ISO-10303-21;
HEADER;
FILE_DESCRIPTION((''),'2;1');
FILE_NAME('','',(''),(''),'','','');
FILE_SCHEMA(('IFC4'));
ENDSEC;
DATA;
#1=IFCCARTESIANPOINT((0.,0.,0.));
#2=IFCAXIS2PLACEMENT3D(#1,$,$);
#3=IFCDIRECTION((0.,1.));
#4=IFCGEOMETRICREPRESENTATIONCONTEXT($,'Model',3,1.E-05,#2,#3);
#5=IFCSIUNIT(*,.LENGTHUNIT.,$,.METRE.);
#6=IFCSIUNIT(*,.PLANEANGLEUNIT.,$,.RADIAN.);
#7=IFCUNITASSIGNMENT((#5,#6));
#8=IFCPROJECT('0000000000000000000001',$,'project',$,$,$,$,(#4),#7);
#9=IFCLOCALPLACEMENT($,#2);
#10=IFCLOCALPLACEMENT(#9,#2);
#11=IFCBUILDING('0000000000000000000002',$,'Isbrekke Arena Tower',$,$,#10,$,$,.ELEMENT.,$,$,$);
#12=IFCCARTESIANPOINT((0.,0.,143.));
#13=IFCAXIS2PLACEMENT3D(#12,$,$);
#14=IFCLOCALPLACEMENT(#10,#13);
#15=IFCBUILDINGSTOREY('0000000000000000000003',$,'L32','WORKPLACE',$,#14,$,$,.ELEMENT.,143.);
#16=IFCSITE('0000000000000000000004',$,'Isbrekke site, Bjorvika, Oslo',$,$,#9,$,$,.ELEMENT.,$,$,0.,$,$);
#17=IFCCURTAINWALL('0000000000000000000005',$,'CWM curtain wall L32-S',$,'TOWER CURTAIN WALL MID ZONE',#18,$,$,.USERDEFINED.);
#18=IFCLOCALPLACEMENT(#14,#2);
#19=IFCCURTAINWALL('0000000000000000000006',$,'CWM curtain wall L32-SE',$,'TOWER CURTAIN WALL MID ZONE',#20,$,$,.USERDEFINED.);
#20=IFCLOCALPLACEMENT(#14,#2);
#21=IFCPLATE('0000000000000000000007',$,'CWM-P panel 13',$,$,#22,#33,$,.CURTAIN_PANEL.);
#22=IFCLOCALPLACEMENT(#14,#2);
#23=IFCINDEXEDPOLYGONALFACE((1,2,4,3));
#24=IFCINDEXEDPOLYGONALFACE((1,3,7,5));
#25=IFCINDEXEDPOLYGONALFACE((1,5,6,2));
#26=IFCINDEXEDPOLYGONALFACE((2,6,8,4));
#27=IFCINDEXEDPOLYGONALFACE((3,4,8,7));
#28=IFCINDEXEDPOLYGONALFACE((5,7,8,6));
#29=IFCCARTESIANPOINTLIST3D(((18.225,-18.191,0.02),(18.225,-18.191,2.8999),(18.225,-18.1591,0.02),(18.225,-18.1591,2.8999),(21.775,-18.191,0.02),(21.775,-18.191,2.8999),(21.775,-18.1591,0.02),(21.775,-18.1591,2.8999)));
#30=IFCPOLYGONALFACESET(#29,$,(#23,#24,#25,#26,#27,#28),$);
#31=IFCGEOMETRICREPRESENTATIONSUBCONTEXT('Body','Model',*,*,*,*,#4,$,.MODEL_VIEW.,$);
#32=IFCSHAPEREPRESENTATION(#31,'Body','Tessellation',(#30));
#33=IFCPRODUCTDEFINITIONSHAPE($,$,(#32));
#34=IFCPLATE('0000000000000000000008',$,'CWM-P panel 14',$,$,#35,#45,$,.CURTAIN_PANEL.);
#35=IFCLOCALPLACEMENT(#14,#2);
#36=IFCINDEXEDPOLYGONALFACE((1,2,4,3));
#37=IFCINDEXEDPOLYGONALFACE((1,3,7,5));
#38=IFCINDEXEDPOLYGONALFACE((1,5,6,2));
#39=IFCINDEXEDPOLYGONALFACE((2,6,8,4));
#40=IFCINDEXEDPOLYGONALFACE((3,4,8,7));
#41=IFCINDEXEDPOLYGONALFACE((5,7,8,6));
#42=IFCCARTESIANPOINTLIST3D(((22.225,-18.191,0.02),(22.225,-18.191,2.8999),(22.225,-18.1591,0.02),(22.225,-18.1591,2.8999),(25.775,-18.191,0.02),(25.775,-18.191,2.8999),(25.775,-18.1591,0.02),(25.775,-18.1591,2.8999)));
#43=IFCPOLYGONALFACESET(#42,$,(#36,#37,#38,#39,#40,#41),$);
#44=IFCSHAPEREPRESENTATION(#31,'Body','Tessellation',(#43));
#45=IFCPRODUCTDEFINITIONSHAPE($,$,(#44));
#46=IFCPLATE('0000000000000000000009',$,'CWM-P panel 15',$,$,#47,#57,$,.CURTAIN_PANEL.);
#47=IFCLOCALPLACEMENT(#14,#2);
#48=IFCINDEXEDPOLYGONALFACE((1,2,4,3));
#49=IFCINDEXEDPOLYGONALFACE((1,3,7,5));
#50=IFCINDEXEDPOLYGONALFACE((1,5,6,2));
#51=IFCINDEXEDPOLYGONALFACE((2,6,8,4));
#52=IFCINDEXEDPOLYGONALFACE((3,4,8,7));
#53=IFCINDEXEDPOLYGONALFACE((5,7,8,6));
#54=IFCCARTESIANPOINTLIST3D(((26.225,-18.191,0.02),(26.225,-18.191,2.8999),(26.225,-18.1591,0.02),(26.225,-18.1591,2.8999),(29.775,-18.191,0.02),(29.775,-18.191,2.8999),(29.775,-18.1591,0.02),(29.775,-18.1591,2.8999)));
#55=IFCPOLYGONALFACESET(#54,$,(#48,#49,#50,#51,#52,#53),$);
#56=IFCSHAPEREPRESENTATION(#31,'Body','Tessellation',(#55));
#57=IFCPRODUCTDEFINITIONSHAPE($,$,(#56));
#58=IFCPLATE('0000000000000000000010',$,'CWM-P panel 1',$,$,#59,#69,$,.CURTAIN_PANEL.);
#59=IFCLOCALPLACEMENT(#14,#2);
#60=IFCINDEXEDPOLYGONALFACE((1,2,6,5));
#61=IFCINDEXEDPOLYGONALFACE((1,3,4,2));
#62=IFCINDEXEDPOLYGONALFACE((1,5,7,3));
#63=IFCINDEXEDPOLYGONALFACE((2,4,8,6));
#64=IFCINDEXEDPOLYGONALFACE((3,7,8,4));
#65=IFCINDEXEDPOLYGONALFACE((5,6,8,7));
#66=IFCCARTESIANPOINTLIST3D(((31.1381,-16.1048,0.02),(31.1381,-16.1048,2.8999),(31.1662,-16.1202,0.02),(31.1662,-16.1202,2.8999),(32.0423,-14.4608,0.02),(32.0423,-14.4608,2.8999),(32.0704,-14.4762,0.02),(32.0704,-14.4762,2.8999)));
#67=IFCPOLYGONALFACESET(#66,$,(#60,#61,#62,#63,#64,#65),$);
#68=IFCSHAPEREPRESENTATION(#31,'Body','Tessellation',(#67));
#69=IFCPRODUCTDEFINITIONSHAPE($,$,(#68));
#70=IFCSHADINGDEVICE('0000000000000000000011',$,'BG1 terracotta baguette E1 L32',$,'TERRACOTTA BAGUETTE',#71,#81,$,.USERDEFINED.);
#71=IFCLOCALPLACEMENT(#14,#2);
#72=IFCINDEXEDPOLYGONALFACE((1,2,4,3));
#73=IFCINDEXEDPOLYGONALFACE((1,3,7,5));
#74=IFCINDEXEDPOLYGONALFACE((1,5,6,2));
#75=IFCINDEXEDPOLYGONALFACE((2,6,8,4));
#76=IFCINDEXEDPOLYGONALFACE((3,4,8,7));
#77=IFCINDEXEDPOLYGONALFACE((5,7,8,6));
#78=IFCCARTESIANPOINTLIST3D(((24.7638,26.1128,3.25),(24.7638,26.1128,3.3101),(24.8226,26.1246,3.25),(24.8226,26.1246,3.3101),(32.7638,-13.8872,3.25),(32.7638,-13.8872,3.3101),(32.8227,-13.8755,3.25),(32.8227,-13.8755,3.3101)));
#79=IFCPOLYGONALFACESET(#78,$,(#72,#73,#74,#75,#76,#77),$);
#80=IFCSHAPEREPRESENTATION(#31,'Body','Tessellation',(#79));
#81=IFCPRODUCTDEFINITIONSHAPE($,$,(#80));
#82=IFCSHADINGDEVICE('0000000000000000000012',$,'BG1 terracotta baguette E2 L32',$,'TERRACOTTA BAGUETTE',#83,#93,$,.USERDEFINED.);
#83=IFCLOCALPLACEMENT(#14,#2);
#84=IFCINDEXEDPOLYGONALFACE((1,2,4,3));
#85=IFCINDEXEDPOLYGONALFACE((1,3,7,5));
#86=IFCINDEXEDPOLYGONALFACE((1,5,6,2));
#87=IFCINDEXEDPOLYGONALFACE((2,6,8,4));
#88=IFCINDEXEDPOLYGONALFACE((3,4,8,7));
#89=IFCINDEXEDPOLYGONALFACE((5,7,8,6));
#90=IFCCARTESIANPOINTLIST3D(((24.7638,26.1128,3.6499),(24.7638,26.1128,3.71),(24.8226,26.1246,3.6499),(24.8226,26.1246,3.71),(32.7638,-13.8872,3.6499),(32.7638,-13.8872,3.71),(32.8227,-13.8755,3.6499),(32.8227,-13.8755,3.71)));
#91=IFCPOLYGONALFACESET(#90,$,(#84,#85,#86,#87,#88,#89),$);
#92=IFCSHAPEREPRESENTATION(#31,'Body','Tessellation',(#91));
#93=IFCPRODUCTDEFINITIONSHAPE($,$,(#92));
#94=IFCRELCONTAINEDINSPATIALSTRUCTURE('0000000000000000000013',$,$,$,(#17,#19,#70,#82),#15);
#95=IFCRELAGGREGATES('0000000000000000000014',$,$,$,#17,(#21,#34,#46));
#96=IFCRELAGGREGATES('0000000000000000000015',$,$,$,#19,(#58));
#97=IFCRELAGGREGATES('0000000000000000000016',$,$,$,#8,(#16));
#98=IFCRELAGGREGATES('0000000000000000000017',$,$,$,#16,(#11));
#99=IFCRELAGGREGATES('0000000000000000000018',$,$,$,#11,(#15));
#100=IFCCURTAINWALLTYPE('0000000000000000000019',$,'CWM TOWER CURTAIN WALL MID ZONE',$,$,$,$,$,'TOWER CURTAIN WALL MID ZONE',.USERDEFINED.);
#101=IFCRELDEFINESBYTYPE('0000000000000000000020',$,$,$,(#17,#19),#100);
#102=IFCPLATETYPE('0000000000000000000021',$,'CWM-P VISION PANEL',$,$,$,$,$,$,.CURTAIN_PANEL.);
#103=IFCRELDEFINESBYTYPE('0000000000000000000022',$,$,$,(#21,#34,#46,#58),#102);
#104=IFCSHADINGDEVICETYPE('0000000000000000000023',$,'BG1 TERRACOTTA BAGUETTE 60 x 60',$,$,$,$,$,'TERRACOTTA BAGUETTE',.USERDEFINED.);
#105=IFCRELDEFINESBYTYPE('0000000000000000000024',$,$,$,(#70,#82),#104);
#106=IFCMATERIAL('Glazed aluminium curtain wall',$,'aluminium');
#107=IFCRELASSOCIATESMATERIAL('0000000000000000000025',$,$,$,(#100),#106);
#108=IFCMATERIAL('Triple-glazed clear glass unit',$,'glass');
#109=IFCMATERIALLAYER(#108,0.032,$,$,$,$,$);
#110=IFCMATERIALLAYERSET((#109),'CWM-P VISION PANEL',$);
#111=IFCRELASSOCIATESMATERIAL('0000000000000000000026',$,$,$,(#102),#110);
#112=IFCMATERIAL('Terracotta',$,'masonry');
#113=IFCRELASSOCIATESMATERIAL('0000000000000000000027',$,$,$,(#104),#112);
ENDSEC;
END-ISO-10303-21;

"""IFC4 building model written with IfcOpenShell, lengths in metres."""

from ifc_helpers import new_model, si_unit, direction, frame, origin, origin_2d, place, context, subcontext, project, spatial, rectangle, extrude, material, layer, layer_set, material_profile, profile_set, type_object, element, aggregate, save


model = new_model("IFC4")

# Units and contexts
model_context = context("Model", 3, precision=1e-05, world=origin(), true_north=direction((0.0, 1.0)))
body_context = subcontext(model_context, "Body", "Model", "MODEL_VIEW")
ifc_project = project(units=[si_unit("LENGTHUNIT", "METRE"), si_unit("PLANEANGLEUNIT", "RADIAN")], contexts=[model_context])

# Site, building, storey
site_placement = place(None, origin())
site = spatial("IfcSite", under=ifc_project, at=site_placement, Name="Isbrekke site, Bjorvika, Oslo", CompositionType="ELEMENT", RefElevation=0.0)
building_placement = place(site_placement, origin())
building = spatial("IfcBuilding", under=site, at=building_placement, Name="Isbrekke Arena Tower", CompositionType="ELEMENT")
storey_placement = place(building_placement, frame((0.0, 0.0, 143.0)))
storey = spatial("IfcBuildingStorey", under=building, at=storey_placement, Name="L32", Description="WORKPLACE", CompositionType="ELEMENT", Elevation=143.0)

# Curtain walls
ifc_material_1 = material(Name="Glazed aluminium curtain wall", Category="aluminium")
curtain_wall_type = type_object("IfcCurtainWallType", Name="CWM TOWER CURTAIN WALL MID ZONE", ElementType="TOWER CURTAIN WALL MID ZONE", PredefinedType="USERDEFINED", material=ifc_material_1)
curtain_wall_1_placement = place(storey_placement, origin())
curtain_wall_1 = element("IfcCurtainWall", 1, at=curtain_wall_1_placement, inside=storey, type_object=curtain_wall_type, Name="CWM curtain wall L32-S", ObjectType="TOWER CURTAIN WALL MID ZONE", PredefinedType="USERDEFINED")
curtain_wall_2_placement = place(storey_placement, origin())
curtain_wall_2 = element("IfcCurtainWall", 2, at=curtain_wall_2_placement, inside=storey, type_object=curtain_wall_type, Name="CWM curtain wall L32-SE", ObjectType="TOWER CURTAIN WALL MID ZONE", PredefinedType="USERDEFINED")

# Plates
ifc_material_2 = material(Name="Triple-glazed clear glass unit", Category="glass")
ifc_layer = layer(ifc_material_2, 0.032)
ifc_layer_set = layer_set([ifc_layer], Name="CWM-P VISION PANEL")
plate_type = type_object("IfcPlateType", Name="CWM-P VISION PANEL", PredefinedType="CURTAIN_PANEL", material=ifc_layer_set)
plate_1_placement = place(storey_placement, frame((20.0, -18.175, 0.02), z_axis=(0.0, 0.0, 1.0), x_axis=(1.0, 0.0, 0.0)))
plate_1 = element("IfcPlate", 3, at=plate_1_placement, type_object=plate_type, Name="CWM-P panel 13", PredefinedType="CURTAIN_PANEL", context=body_context, shape_type="SweptSolid", body=[
    extrude(rectangle(XDim=3.55, YDim=0.032, at=origin_2d()), origin(), (0.0, 0.0, 1.0), 2.8799),
])
plate_2_placement = place(storey_placement, frame((24.0, -18.175, 0.02), z_axis=(0.0, 0.0, 1.0), x_axis=(1.0, 0.0, 0.0)))
plate_2 = element("IfcPlate", 4, at=plate_2_placement, type_object=plate_type, Name="CWM-P panel 14", PredefinedType="CURTAIN_PANEL", context=body_context, shape_type="SweptSolid", body=[
    extrude(rectangle(XDim=3.55, YDim=0.032, at=origin_2d()), origin(), (0.0, 0.0, 1.0), 2.8799),
])
plate_3_placement = place(storey_placement, frame((28.0, -18.175, 0.02), z_axis=(0.0, 0.0, 1.0), x_axis=(1.0, 0.0, 0.0)))
plate_3 = element("IfcPlate", 5, at=plate_3_placement, type_object=plate_type, Name="CWM-P panel 15", PredefinedType="CURTAIN_PANEL", context=body_context, shape_type="SweptSolid", body=[
    extrude(rectangle(XDim=3.55, YDim=0.032, at=origin_2d()), origin(), (0.0, 0.0, 1.0), 2.8799),
])
aggregate(curtain_wall_1, [plate_1, plate_2, plate_3])
plate_4_placement = place(storey_placement, frame((31.6042, -15.2905, 0.02), z_axis=(0.0, 0.0, 1.0), x_axis=(0.481919, 0.876216, 0.0)))
plate_4 = element("IfcPlate", 6, at=plate_4_placement, type_object=plate_type, Name="CWM-P panel 1", PredefinedType="CURTAIN_PANEL", context=body_context, shape_type="SweptSolid", body=[
    extrude(rectangle(XDim=1.8762, YDim=0.032, at=origin_2d()), origin(), (0.0, 0.0, 1.0), 2.8799),
])
aggregate(curtain_wall_2, [plate_4])

# Shading devices
ifc_material_3 = material(Name="Terracotta", Category="masonry")
ifc_material_profile_1 = material_profile(ifc_material_3, rectangle(XDim=0.0601, YDim=0.0601, at=origin_2d()), Name="BAGUETTE 60X60")
ifc_profile_set_1 = profile_set([ifc_material_profile_1], Name="Terracotta")
shading_device_type = type_object("IfcShadingDeviceType", Name="BG1 TERRACOTTA BAGUETTE 60 x 60", ElementType="TERRACOTTA BAGUETTE", PredefinedType="USERDEFINED", material=ifc_profile_set_1)
for number, where, z_axis, x_axis, name in (
    (7, (32.7932, -13.8813, 3.28), (-0.196116, 0.980581, 0.0), (-0.980581, -0.196116, 0.0), "BG1 terracotta baguette E1 L32"),
    (8, (32.7932, -13.8813, 3.6799), (-0.196116, 0.980581, 0.0), (-0.980581, -0.196116, 0.0), "BG1 terracotta baguette E2 L32"),
):
    element("IfcShadingDevice", number, at=place(storey_placement, frame(where, z_axis=z_axis, x_axis=x_axis)), inside=storey, type_object=shading_device_type, Name=name, ObjectType="TERRACOTTA BAGUETTE", PredefinedType="USERDEFINED", context=body_context, shape_type="SweptSolid", body=[
        extrude(rectangle(XDim=0.0601, YDim=0.0601, at=origin_2d()), origin(), (0.0, 0.0, 1.0), 40.7922),
    ])

save(model, "model.ifc")
